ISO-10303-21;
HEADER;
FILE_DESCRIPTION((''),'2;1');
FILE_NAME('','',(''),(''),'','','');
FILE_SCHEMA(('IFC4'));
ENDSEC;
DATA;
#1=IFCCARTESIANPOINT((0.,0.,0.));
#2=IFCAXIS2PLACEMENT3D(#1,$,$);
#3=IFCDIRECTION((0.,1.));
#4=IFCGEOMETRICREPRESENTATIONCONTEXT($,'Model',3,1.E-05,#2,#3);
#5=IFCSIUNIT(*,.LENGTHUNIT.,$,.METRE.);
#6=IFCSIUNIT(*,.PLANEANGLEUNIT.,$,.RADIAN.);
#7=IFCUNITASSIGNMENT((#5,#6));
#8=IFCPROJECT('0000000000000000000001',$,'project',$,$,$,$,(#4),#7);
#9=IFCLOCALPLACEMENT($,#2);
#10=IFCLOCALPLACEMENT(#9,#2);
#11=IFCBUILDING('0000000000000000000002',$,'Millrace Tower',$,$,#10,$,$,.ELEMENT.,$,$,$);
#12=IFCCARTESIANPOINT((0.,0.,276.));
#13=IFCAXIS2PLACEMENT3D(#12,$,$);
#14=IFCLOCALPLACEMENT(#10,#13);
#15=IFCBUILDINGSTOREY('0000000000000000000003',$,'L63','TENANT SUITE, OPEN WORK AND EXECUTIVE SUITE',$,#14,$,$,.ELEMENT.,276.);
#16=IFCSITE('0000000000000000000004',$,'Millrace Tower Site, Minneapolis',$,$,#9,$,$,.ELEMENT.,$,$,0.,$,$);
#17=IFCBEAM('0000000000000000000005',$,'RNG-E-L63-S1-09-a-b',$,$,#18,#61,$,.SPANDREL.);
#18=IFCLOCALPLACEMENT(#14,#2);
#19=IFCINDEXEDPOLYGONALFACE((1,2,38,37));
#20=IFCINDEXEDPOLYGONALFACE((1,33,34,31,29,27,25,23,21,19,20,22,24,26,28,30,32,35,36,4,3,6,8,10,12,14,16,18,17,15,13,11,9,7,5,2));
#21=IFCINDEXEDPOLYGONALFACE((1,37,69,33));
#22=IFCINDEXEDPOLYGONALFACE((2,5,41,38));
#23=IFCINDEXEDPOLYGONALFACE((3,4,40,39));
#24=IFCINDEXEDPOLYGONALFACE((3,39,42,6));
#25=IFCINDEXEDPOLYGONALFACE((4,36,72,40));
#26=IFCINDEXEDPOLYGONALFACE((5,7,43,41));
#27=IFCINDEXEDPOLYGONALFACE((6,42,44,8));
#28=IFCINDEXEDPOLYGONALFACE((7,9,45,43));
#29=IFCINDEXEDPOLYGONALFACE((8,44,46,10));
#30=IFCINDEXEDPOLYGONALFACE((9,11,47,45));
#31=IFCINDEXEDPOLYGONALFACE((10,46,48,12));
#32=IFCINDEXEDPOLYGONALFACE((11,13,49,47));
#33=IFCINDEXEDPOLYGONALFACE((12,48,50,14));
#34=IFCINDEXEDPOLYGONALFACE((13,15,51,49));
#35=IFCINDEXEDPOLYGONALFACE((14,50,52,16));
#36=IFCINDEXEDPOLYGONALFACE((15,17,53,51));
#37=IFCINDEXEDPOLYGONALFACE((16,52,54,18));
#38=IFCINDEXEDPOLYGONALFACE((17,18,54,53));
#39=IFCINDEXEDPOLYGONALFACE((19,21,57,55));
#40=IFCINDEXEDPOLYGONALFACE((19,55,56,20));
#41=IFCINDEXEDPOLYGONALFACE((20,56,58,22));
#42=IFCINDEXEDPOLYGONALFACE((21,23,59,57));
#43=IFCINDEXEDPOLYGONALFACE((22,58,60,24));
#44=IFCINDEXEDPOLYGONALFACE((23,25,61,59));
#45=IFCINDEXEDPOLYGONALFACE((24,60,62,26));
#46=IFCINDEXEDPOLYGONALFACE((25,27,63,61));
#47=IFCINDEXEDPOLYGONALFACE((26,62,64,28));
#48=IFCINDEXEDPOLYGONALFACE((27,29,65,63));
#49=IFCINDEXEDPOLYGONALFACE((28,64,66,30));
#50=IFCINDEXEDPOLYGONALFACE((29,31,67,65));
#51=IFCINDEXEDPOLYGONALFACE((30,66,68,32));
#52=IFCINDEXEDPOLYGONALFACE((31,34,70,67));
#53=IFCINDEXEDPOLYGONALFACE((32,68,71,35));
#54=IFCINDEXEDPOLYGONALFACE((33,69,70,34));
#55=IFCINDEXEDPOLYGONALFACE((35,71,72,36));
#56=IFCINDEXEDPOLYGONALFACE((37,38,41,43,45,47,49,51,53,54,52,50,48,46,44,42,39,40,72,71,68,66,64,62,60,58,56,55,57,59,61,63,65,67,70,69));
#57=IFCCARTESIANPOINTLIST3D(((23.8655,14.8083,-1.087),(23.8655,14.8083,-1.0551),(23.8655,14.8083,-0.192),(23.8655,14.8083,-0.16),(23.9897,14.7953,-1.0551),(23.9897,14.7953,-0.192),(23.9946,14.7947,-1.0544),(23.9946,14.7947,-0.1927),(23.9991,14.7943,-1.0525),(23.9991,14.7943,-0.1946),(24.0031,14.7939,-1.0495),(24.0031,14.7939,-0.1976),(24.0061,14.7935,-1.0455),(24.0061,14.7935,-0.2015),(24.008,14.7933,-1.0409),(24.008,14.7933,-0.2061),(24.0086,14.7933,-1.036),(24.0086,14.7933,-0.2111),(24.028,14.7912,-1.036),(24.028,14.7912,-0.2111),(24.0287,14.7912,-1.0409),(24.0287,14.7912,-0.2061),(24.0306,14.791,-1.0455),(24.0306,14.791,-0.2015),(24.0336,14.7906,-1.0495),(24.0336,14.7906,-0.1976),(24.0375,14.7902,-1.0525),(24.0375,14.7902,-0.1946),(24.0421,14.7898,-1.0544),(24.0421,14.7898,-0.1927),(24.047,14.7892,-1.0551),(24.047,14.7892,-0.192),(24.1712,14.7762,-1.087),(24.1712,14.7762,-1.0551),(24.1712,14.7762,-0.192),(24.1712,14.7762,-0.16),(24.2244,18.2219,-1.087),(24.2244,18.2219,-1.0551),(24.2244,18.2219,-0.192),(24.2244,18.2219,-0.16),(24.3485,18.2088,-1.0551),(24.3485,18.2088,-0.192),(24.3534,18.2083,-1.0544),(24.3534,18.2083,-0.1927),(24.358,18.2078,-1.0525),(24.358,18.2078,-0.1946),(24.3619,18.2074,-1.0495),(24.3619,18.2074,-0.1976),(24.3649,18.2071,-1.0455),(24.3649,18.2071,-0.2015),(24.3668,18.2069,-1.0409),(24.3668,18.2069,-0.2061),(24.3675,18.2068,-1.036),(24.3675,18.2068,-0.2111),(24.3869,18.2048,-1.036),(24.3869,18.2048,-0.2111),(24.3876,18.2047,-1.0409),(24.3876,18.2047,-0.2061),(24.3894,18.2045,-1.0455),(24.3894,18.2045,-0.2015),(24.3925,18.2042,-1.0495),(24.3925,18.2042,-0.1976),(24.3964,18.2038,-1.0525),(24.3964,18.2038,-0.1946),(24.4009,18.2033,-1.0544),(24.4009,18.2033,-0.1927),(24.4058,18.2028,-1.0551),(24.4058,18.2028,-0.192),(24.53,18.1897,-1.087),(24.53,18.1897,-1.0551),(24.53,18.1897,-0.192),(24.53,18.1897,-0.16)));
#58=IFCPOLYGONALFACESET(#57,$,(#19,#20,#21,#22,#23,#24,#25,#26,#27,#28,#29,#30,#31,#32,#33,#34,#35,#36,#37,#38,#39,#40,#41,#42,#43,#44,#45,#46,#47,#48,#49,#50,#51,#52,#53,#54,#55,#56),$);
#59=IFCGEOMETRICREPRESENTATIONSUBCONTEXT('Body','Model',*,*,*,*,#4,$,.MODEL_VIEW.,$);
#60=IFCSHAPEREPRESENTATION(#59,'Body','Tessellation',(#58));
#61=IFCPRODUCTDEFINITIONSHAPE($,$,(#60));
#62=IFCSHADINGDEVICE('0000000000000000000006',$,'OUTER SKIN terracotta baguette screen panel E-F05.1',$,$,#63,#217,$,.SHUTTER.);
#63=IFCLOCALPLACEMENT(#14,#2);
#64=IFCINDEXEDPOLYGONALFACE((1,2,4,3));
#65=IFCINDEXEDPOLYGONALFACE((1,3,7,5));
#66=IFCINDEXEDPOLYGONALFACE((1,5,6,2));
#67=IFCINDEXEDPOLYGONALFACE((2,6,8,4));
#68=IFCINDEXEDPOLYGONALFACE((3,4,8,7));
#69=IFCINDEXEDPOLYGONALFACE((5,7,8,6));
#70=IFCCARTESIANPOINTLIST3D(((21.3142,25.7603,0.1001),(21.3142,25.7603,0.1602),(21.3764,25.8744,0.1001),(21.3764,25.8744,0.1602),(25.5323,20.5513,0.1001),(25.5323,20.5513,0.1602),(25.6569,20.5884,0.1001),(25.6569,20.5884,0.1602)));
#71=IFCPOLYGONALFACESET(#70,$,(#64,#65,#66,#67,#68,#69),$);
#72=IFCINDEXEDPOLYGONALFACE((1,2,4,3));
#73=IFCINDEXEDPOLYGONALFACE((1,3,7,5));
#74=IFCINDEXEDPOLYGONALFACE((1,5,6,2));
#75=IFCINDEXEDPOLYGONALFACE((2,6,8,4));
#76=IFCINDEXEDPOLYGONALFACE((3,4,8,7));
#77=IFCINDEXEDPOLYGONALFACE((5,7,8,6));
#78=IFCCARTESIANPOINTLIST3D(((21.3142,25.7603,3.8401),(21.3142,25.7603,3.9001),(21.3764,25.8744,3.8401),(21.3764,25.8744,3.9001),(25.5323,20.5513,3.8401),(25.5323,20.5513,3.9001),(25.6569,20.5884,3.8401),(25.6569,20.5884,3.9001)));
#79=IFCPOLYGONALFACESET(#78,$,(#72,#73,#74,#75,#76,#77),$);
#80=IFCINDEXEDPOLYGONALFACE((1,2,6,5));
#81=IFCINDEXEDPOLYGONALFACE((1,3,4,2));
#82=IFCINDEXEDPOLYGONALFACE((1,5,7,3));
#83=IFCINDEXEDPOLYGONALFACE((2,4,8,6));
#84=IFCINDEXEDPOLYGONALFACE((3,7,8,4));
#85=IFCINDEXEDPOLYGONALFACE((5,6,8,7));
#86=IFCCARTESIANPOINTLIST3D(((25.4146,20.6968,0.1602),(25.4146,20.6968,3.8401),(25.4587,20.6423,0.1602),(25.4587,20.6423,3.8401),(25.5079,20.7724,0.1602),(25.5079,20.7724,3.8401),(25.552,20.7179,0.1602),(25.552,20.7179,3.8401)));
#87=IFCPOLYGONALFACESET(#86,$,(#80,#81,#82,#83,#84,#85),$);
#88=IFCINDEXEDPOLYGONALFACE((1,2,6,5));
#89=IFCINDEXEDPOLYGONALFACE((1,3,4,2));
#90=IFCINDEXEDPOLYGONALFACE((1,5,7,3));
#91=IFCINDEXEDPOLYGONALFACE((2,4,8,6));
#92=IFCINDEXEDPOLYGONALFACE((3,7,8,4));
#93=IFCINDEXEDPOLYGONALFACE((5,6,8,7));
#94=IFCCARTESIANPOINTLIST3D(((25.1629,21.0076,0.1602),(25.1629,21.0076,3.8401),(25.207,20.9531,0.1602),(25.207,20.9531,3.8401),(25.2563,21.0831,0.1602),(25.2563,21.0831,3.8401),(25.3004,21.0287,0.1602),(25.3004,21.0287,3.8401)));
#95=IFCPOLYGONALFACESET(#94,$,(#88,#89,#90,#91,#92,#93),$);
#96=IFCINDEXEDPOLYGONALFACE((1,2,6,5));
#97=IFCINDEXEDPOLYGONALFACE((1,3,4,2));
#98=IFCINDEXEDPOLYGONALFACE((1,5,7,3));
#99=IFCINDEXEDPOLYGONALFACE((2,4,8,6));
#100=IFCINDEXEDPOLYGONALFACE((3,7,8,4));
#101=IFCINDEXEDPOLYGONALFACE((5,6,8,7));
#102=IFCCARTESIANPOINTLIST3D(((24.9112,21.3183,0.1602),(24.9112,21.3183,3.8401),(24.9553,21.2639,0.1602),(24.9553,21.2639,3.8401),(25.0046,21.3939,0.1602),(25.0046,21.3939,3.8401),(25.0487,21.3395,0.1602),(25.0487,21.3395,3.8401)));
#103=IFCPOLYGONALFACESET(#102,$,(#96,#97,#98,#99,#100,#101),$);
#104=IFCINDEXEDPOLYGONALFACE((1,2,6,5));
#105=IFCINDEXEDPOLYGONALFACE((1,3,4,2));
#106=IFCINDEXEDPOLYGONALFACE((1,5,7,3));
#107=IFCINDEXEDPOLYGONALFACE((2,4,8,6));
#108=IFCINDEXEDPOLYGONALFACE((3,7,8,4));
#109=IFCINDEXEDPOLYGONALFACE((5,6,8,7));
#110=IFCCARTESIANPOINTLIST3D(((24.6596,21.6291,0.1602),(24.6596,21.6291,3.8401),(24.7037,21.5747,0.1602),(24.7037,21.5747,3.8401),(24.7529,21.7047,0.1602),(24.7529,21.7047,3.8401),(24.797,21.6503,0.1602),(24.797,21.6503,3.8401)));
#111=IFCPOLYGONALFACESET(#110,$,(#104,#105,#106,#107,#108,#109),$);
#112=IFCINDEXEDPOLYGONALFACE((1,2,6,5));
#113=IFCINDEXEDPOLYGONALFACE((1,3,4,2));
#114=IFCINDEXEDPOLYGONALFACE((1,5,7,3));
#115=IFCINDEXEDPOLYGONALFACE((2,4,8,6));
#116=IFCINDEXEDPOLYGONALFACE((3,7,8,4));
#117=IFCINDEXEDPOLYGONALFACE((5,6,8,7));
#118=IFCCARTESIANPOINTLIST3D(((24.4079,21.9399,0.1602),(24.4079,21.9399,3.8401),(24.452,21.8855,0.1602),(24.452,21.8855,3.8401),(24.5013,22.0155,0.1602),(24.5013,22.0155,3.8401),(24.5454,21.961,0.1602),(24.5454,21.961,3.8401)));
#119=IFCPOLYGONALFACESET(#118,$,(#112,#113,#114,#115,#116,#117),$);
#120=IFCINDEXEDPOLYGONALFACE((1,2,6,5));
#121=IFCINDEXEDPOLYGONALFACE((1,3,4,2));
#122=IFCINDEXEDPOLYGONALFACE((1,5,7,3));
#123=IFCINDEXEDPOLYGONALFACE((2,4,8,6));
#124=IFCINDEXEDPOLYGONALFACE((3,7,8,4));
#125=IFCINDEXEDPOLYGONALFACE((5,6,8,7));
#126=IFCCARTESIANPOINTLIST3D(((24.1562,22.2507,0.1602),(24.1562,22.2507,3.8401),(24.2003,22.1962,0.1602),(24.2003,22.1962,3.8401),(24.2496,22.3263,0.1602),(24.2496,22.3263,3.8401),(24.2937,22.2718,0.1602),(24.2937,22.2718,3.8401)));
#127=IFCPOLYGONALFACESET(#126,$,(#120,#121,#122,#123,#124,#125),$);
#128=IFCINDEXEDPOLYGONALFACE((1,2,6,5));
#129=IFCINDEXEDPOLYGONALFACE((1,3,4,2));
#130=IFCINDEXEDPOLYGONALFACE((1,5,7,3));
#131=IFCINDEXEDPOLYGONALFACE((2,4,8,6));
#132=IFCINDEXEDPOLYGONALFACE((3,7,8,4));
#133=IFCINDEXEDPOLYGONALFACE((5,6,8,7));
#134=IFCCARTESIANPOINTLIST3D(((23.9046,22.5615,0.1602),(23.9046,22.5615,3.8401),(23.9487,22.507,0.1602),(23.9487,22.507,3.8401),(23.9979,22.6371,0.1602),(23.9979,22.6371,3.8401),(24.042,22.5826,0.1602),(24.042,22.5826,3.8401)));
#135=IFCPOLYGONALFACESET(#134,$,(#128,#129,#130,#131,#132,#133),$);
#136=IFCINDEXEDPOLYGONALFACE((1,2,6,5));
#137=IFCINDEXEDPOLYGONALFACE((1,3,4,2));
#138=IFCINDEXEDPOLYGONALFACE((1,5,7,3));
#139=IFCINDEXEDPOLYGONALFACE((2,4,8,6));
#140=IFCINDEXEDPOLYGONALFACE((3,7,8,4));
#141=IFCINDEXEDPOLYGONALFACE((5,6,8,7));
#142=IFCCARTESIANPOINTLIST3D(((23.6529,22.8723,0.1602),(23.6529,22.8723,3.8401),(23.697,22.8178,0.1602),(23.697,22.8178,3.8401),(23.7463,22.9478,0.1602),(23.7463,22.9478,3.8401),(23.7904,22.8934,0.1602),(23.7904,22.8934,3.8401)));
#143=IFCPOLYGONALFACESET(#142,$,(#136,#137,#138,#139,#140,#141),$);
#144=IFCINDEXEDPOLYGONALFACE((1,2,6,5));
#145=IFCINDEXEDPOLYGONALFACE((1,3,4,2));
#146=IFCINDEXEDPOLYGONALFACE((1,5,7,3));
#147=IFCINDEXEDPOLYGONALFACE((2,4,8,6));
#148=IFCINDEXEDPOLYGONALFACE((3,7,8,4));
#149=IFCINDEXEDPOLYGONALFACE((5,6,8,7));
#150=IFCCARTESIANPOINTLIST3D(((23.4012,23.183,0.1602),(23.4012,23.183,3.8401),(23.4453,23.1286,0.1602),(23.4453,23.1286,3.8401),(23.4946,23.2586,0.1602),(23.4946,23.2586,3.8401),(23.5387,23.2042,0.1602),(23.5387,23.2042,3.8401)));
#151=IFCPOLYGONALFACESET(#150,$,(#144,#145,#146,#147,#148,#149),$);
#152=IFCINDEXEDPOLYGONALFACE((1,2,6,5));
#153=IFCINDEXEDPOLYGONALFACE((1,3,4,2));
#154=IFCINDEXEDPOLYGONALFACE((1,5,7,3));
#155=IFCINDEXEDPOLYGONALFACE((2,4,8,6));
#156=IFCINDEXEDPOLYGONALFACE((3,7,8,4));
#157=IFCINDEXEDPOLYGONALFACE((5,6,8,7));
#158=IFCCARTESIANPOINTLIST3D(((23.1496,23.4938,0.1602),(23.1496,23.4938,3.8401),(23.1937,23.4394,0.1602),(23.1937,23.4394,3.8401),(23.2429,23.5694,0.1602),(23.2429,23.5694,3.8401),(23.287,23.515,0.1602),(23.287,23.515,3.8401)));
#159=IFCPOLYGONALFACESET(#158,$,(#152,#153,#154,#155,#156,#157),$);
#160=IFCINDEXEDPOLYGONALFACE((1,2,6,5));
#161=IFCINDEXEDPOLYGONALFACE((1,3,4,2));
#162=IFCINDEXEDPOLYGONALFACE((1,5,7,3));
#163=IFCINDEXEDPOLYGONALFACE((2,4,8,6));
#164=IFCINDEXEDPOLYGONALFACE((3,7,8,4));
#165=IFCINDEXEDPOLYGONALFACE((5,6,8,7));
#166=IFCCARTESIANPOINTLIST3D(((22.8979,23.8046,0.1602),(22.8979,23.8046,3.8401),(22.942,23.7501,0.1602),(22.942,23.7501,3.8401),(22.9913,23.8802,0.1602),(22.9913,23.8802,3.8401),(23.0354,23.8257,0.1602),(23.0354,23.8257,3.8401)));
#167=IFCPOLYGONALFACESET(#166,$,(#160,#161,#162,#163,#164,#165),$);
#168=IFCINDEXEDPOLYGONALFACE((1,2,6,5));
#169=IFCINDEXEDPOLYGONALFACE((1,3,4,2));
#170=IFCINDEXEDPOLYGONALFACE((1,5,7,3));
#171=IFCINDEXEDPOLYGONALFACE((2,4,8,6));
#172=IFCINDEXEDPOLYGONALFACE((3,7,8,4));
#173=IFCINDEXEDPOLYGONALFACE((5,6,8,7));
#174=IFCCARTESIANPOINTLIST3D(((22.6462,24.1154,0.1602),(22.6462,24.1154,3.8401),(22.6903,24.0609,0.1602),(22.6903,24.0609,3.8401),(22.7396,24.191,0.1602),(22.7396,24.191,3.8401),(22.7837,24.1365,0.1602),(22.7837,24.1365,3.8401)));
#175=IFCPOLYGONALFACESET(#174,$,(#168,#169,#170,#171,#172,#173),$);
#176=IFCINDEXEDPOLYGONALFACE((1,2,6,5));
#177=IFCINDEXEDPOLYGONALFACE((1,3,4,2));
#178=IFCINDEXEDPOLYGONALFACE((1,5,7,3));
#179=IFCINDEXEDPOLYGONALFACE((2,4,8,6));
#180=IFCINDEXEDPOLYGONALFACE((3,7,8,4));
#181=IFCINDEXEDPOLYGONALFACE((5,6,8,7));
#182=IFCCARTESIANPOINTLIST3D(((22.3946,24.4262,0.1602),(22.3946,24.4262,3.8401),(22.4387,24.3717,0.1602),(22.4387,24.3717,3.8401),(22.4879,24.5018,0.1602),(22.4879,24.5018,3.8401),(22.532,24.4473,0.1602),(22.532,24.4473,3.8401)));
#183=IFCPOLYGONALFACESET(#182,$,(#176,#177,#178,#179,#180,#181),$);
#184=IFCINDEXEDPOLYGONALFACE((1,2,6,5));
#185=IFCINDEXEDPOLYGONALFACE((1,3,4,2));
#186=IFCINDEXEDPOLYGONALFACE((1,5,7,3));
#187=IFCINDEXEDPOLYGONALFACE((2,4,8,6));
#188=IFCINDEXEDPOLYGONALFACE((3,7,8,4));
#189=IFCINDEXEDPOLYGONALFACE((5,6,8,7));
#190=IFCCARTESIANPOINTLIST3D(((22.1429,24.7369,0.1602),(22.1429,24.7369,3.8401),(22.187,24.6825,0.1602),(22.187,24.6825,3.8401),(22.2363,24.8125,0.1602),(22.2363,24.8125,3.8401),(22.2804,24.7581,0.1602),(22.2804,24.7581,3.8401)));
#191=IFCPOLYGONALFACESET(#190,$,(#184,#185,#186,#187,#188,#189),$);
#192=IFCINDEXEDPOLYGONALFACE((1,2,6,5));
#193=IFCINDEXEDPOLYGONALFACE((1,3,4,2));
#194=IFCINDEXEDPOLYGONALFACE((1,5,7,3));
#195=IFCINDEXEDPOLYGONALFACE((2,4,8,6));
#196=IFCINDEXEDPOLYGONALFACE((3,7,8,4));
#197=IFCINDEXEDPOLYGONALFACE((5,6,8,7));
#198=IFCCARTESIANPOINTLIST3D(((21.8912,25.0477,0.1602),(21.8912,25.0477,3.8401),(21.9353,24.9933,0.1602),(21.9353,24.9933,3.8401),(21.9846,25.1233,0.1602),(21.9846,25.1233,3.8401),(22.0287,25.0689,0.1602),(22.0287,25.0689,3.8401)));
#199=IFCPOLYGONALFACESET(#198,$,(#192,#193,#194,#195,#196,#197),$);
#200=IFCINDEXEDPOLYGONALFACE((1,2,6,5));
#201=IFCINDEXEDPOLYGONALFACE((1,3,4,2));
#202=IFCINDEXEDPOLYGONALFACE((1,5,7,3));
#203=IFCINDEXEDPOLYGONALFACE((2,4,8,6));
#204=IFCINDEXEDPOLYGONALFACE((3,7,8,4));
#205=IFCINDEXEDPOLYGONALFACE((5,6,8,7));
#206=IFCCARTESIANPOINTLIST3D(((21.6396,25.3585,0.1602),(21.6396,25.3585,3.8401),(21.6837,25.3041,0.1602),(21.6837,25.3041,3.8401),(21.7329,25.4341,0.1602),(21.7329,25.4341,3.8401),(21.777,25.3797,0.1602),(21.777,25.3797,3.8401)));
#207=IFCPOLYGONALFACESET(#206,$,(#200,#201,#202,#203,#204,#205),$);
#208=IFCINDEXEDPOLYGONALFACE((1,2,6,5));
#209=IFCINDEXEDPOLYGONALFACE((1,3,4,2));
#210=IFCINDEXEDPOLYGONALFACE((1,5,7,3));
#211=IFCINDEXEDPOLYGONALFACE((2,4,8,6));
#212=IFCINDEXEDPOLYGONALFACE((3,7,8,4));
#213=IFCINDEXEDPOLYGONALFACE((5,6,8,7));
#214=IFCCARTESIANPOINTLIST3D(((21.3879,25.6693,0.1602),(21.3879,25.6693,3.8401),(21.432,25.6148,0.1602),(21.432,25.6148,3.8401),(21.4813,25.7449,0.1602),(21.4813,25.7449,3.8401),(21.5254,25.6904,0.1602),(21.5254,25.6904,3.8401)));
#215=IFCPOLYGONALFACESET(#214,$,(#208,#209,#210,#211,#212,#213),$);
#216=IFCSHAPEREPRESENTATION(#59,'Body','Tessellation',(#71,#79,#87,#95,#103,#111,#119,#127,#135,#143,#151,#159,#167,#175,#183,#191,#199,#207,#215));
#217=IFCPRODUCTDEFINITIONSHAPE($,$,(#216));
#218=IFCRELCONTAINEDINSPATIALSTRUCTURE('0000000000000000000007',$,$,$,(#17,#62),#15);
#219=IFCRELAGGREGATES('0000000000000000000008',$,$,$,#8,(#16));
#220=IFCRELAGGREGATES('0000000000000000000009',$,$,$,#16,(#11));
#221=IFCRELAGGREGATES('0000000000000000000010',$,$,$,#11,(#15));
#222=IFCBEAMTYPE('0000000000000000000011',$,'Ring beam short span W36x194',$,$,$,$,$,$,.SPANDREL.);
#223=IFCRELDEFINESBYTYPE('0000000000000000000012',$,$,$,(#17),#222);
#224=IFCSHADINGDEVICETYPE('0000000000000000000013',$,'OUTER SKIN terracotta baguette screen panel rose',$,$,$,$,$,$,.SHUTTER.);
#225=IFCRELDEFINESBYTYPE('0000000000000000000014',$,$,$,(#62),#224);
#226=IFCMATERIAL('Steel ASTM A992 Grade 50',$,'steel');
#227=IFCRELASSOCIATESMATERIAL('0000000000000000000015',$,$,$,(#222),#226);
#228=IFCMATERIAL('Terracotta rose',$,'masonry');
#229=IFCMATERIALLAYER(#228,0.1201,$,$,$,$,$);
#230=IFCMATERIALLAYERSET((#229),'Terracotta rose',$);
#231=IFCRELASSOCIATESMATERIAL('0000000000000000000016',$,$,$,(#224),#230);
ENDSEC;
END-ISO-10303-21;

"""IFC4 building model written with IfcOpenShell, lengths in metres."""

from ifc_helpers import new_model, entity, si_unit, direction, frame, frame_2d, origin, origin_2d, place, context, subcontext, project, spatial, rectangle, i_section, extrude, source, transform, mapped, material, layer, layer_set, material_profile, profile_set, type_object, element, save


model = new_model("IFC4")

# Units and contexts
model_context = context("Model", 3, precision=1e-05, world=origin(), true_north=direction((0.0, 1.0)))
body_context = subcontext(model_context, "Body", "Model", "MODEL_VIEW")
ifc_project = project(units=[si_unit("LENGTHUNIT", "METRE"), si_unit("PLANEANGLEUNIT", "RADIAN")], contexts=[model_context])

# Site, building, storey
site_placement = place(None, origin())
site = spatial("IfcSite", under=ifc_project, at=site_placement, Name="Millrace Tower Site, Minneapolis", CompositionType="ELEMENT", RefElevation=0.0)
building_placement = place(site_placement, origin())
building = spatial("IfcBuilding", under=site, at=building_placement, Name="Millrace Tower", CompositionType="ELEMENT")
storey_placement = place(building_placement, frame((0.0, 0.0, 276.0)))
storey = spatial("IfcBuildingStorey", under=building, at=storey_placement, Name="L63", Description="TENANT SUITE, OPEN WORK AND EXECUTIVE SUITE", CompositionType="ELEMENT", Elevation=276.0)

# Beam
ifc_material_1 = material(Name="Steel ASTM A992 Grade 50", Category="steel")
ifc_material_profile_1 = material_profile(ifc_material_1, i_section(OverallWidth=0.3074, OverallDepth=0.927, WebThickness=0.0195, FlangeThickness=0.032, FilletRadius=0.019, at=origin_2d()))
ifc_profile_set_1 = profile_set([ifc_material_profile_1], Name="Steel ASTM A992 Grade 50")
beam_type_1 = type_object("IfcBeamType", Name="Ring beam short span W36x194", PredefinedType="SPANDREL", material=ifc_profile_set_1)
beam_1_placement = place(storey_placement, frame((24.3772, 18.2058, -0.6235), z_axis=(-0.104559, -0.994519, 0.0), x_axis=(0.994519, -0.104559, 0.0)))
element("IfcBeam", 1, at=beam_1_placement, inside=storey, type_object=beam_type_1, Name="RNG-E-L63-S1-09-a-b", PredefinedType="SPANDREL", context=body_context, shape_type="SweptSolid", body=[
    extrude(i_section(OverallWidth=0.3074, OverallDepth=0.927, WebThickness=0.0195, FlangeThickness=0.032, FilletRadius=0.019, at=origin_2d()), origin(), (0.0, 0.0, 1.0), 3.4324),
])

# Shading device
ifc_material_2 = material(Name="Terracotta rose", Category="masonry")
ifc_layer_1 = layer(ifc_material_2, 0.1201)
ifc_layer_set_1 = layer_set([ifc_layer_1], Name="Terracotta rose")
shading_device_type = type_object("IfcShadingDeviceType", Name="OUTER SKIN terracotta baguette screen panel rose", PredefinedType="SHUTTER", material=ifc_layer_set_1)
cartesian_point_1 = entity("IfcCartesianPoint", [-3.3513, 0.0601])
shared_polyline_1 = entity("IfcPolyline", [cartesian_point_1, entity("IfcCartesianPoint", [3.3513, 0.0601]), entity("IfcCartesianPoint", [3.4009, -0.0601]), entity("IfcCartesianPoint", [-3.4009, -0.0601]), cartesian_point_1])
shared_shape_1 = source(origin(), body_context, "Body", "SweptSolid", [
    entity("IfcExtrudedAreaSolid", entity("IfcArbitraryClosedProfileDef", "AREA", None, shared_polyline_1), entity("IfcAxis2Placement3D", entity("IfcCartesianPoint", [0.0, 0.0, 0.0])), entity("IfcDirection", [0.0, 0.0, 1.0]), 0.0601),
    entity("IfcExtrudedAreaSolid", entity("IfcArbitraryClosedProfileDef", "AREA", None, shared_polyline_1), entity("IfcAxis2Placement3D", entity("IfcCartesianPoint", [0.0, 0.0, 3.74])), entity("IfcDirection", [0.0, 0.0, 1.0]), 0.0601),
    extrude(rectangle(XDim=0.0701, YDim=0.1201, at=frame_2d((-3.1992, 0.0))), frame((0.0, 0.0, 0.0601)), (0.0, 0.0, 1.0), 3.6799),
    extrude(rectangle(XDim=0.0701, YDim=0.1201, at=frame_2d((-2.7993, 0.0))), frame((0.0, 0.0, 0.0601)), (0.0, 0.0, 1.0), 3.6799),
    extrude(rectangle(XDim=0.0701, YDim=0.1201, at=frame_2d((-2.3994, 0.0))), frame((0.0, 0.0, 0.0601)), (0.0, 0.0, 1.0), 3.6799),
    extrude(rectangle(XDim=0.0701, YDim=0.1201, at=frame_2d((-1.9995, 0.0))), frame((0.0, 0.0, 0.0601)), (0.0, 0.0, 1.0), 3.6799),
    extrude(rectangle(XDim=0.0701, YDim=0.1201, at=frame_2d((-1.5996, 0.0))), frame((0.0, 0.0, 0.0601)), (0.0, 0.0, 1.0), 3.6799),
    extrude(rectangle(XDim=0.0701, YDim=0.1201, at=frame_2d((-1.1997, 0.0))), frame((0.0, 0.0, 0.0601)), (0.0, 0.0, 1.0), 3.6799),
    extrude(rectangle(XDim=0.0701, YDim=0.1201, at=frame_2d((-0.7998, 0.0))), frame((0.0, 0.0, 0.0601)), (0.0, 0.0, 1.0), 3.6799),
    extrude(rectangle(XDim=0.0701, YDim=0.1201, at=frame_2d((-0.3999, 0.0))), frame((0.0, 0.0, 0.0601)), (0.0, 0.0, 1.0), 3.6799),
    extrude(rectangle(XDim=0.0701, YDim=0.1201, at=origin_2d()), frame((0.0, 0.0, 0.0601)), (0.0, 0.0, 1.0), 3.6799),
    extrude(rectangle(XDim=0.0701, YDim=0.1201, at=frame_2d((0.3999, 0.0))), frame((0.0, 0.0, 0.0601)), (0.0, 0.0, 1.0), 3.6799),
    extrude(rectangle(XDim=0.0701, YDim=0.1201, at=frame_2d((0.7998, 0.0))), frame((0.0, 0.0, 0.0601)), (0.0, 0.0, 1.0), 3.6799),
    extrude(rectangle(XDim=0.0701, YDim=0.1201, at=frame_2d((1.1997, 0.0))), frame((0.0, 0.0, 0.0601)), (0.0, 0.0, 1.0), 3.6799),
    extrude(rectangle(XDim=0.0701, YDim=0.1201, at=frame_2d((1.5996, 0.0))), frame((0.0, 0.0, 0.0601)), (0.0, 0.0, 1.0), 3.6799),
    extrude(rectangle(XDim=0.0701, YDim=0.1201, at=frame_2d((1.9995, 0.0))), frame((0.0, 0.0, 0.0601)), (0.0, 0.0, 1.0), 3.6799),
    extrude(rectangle(XDim=0.0701, YDim=0.1201, at=frame_2d((2.3994, 0.0))), frame((0.0, 0.0, 0.0601)), (0.0, 0.0, 1.0), 3.6799),
    extrude(rectangle(XDim=0.0701, YDim=0.1201, at=frame_2d((2.7993, 0.0))), frame((0.0, 0.0, 0.0601)), (0.0, 0.0, 1.0), 3.6799),
    extrude(rectangle(XDim=0.0701, YDim=0.1201, at=frame_2d((3.1992, 0.0))), frame((0.0, 0.0, 0.0601)), (0.0, 0.0, 1.0), 3.6799),
])
shading_device_1_placement = place(storey_placement, frame((23.47, 23.1936, 0.1001), z_axis=(0.0, 0.0, 1.0), x_axis=(-0.62932, 0.777146, 0.0)))
element("IfcShadingDevice", 2, at=shading_device_1_placement, inside=storey, type_object=shading_device_type, Name="OUTER SKIN terracotta baguette screen panel E-F05.1", PredefinedType="SHUTTER", context=body_context, shape_type="MappedRepresentation", body=[
    mapped(shared_shape_1, transform((0.0, 0.0, 0.0), scale=1.0)),
])

save(model, "model.ifc")
